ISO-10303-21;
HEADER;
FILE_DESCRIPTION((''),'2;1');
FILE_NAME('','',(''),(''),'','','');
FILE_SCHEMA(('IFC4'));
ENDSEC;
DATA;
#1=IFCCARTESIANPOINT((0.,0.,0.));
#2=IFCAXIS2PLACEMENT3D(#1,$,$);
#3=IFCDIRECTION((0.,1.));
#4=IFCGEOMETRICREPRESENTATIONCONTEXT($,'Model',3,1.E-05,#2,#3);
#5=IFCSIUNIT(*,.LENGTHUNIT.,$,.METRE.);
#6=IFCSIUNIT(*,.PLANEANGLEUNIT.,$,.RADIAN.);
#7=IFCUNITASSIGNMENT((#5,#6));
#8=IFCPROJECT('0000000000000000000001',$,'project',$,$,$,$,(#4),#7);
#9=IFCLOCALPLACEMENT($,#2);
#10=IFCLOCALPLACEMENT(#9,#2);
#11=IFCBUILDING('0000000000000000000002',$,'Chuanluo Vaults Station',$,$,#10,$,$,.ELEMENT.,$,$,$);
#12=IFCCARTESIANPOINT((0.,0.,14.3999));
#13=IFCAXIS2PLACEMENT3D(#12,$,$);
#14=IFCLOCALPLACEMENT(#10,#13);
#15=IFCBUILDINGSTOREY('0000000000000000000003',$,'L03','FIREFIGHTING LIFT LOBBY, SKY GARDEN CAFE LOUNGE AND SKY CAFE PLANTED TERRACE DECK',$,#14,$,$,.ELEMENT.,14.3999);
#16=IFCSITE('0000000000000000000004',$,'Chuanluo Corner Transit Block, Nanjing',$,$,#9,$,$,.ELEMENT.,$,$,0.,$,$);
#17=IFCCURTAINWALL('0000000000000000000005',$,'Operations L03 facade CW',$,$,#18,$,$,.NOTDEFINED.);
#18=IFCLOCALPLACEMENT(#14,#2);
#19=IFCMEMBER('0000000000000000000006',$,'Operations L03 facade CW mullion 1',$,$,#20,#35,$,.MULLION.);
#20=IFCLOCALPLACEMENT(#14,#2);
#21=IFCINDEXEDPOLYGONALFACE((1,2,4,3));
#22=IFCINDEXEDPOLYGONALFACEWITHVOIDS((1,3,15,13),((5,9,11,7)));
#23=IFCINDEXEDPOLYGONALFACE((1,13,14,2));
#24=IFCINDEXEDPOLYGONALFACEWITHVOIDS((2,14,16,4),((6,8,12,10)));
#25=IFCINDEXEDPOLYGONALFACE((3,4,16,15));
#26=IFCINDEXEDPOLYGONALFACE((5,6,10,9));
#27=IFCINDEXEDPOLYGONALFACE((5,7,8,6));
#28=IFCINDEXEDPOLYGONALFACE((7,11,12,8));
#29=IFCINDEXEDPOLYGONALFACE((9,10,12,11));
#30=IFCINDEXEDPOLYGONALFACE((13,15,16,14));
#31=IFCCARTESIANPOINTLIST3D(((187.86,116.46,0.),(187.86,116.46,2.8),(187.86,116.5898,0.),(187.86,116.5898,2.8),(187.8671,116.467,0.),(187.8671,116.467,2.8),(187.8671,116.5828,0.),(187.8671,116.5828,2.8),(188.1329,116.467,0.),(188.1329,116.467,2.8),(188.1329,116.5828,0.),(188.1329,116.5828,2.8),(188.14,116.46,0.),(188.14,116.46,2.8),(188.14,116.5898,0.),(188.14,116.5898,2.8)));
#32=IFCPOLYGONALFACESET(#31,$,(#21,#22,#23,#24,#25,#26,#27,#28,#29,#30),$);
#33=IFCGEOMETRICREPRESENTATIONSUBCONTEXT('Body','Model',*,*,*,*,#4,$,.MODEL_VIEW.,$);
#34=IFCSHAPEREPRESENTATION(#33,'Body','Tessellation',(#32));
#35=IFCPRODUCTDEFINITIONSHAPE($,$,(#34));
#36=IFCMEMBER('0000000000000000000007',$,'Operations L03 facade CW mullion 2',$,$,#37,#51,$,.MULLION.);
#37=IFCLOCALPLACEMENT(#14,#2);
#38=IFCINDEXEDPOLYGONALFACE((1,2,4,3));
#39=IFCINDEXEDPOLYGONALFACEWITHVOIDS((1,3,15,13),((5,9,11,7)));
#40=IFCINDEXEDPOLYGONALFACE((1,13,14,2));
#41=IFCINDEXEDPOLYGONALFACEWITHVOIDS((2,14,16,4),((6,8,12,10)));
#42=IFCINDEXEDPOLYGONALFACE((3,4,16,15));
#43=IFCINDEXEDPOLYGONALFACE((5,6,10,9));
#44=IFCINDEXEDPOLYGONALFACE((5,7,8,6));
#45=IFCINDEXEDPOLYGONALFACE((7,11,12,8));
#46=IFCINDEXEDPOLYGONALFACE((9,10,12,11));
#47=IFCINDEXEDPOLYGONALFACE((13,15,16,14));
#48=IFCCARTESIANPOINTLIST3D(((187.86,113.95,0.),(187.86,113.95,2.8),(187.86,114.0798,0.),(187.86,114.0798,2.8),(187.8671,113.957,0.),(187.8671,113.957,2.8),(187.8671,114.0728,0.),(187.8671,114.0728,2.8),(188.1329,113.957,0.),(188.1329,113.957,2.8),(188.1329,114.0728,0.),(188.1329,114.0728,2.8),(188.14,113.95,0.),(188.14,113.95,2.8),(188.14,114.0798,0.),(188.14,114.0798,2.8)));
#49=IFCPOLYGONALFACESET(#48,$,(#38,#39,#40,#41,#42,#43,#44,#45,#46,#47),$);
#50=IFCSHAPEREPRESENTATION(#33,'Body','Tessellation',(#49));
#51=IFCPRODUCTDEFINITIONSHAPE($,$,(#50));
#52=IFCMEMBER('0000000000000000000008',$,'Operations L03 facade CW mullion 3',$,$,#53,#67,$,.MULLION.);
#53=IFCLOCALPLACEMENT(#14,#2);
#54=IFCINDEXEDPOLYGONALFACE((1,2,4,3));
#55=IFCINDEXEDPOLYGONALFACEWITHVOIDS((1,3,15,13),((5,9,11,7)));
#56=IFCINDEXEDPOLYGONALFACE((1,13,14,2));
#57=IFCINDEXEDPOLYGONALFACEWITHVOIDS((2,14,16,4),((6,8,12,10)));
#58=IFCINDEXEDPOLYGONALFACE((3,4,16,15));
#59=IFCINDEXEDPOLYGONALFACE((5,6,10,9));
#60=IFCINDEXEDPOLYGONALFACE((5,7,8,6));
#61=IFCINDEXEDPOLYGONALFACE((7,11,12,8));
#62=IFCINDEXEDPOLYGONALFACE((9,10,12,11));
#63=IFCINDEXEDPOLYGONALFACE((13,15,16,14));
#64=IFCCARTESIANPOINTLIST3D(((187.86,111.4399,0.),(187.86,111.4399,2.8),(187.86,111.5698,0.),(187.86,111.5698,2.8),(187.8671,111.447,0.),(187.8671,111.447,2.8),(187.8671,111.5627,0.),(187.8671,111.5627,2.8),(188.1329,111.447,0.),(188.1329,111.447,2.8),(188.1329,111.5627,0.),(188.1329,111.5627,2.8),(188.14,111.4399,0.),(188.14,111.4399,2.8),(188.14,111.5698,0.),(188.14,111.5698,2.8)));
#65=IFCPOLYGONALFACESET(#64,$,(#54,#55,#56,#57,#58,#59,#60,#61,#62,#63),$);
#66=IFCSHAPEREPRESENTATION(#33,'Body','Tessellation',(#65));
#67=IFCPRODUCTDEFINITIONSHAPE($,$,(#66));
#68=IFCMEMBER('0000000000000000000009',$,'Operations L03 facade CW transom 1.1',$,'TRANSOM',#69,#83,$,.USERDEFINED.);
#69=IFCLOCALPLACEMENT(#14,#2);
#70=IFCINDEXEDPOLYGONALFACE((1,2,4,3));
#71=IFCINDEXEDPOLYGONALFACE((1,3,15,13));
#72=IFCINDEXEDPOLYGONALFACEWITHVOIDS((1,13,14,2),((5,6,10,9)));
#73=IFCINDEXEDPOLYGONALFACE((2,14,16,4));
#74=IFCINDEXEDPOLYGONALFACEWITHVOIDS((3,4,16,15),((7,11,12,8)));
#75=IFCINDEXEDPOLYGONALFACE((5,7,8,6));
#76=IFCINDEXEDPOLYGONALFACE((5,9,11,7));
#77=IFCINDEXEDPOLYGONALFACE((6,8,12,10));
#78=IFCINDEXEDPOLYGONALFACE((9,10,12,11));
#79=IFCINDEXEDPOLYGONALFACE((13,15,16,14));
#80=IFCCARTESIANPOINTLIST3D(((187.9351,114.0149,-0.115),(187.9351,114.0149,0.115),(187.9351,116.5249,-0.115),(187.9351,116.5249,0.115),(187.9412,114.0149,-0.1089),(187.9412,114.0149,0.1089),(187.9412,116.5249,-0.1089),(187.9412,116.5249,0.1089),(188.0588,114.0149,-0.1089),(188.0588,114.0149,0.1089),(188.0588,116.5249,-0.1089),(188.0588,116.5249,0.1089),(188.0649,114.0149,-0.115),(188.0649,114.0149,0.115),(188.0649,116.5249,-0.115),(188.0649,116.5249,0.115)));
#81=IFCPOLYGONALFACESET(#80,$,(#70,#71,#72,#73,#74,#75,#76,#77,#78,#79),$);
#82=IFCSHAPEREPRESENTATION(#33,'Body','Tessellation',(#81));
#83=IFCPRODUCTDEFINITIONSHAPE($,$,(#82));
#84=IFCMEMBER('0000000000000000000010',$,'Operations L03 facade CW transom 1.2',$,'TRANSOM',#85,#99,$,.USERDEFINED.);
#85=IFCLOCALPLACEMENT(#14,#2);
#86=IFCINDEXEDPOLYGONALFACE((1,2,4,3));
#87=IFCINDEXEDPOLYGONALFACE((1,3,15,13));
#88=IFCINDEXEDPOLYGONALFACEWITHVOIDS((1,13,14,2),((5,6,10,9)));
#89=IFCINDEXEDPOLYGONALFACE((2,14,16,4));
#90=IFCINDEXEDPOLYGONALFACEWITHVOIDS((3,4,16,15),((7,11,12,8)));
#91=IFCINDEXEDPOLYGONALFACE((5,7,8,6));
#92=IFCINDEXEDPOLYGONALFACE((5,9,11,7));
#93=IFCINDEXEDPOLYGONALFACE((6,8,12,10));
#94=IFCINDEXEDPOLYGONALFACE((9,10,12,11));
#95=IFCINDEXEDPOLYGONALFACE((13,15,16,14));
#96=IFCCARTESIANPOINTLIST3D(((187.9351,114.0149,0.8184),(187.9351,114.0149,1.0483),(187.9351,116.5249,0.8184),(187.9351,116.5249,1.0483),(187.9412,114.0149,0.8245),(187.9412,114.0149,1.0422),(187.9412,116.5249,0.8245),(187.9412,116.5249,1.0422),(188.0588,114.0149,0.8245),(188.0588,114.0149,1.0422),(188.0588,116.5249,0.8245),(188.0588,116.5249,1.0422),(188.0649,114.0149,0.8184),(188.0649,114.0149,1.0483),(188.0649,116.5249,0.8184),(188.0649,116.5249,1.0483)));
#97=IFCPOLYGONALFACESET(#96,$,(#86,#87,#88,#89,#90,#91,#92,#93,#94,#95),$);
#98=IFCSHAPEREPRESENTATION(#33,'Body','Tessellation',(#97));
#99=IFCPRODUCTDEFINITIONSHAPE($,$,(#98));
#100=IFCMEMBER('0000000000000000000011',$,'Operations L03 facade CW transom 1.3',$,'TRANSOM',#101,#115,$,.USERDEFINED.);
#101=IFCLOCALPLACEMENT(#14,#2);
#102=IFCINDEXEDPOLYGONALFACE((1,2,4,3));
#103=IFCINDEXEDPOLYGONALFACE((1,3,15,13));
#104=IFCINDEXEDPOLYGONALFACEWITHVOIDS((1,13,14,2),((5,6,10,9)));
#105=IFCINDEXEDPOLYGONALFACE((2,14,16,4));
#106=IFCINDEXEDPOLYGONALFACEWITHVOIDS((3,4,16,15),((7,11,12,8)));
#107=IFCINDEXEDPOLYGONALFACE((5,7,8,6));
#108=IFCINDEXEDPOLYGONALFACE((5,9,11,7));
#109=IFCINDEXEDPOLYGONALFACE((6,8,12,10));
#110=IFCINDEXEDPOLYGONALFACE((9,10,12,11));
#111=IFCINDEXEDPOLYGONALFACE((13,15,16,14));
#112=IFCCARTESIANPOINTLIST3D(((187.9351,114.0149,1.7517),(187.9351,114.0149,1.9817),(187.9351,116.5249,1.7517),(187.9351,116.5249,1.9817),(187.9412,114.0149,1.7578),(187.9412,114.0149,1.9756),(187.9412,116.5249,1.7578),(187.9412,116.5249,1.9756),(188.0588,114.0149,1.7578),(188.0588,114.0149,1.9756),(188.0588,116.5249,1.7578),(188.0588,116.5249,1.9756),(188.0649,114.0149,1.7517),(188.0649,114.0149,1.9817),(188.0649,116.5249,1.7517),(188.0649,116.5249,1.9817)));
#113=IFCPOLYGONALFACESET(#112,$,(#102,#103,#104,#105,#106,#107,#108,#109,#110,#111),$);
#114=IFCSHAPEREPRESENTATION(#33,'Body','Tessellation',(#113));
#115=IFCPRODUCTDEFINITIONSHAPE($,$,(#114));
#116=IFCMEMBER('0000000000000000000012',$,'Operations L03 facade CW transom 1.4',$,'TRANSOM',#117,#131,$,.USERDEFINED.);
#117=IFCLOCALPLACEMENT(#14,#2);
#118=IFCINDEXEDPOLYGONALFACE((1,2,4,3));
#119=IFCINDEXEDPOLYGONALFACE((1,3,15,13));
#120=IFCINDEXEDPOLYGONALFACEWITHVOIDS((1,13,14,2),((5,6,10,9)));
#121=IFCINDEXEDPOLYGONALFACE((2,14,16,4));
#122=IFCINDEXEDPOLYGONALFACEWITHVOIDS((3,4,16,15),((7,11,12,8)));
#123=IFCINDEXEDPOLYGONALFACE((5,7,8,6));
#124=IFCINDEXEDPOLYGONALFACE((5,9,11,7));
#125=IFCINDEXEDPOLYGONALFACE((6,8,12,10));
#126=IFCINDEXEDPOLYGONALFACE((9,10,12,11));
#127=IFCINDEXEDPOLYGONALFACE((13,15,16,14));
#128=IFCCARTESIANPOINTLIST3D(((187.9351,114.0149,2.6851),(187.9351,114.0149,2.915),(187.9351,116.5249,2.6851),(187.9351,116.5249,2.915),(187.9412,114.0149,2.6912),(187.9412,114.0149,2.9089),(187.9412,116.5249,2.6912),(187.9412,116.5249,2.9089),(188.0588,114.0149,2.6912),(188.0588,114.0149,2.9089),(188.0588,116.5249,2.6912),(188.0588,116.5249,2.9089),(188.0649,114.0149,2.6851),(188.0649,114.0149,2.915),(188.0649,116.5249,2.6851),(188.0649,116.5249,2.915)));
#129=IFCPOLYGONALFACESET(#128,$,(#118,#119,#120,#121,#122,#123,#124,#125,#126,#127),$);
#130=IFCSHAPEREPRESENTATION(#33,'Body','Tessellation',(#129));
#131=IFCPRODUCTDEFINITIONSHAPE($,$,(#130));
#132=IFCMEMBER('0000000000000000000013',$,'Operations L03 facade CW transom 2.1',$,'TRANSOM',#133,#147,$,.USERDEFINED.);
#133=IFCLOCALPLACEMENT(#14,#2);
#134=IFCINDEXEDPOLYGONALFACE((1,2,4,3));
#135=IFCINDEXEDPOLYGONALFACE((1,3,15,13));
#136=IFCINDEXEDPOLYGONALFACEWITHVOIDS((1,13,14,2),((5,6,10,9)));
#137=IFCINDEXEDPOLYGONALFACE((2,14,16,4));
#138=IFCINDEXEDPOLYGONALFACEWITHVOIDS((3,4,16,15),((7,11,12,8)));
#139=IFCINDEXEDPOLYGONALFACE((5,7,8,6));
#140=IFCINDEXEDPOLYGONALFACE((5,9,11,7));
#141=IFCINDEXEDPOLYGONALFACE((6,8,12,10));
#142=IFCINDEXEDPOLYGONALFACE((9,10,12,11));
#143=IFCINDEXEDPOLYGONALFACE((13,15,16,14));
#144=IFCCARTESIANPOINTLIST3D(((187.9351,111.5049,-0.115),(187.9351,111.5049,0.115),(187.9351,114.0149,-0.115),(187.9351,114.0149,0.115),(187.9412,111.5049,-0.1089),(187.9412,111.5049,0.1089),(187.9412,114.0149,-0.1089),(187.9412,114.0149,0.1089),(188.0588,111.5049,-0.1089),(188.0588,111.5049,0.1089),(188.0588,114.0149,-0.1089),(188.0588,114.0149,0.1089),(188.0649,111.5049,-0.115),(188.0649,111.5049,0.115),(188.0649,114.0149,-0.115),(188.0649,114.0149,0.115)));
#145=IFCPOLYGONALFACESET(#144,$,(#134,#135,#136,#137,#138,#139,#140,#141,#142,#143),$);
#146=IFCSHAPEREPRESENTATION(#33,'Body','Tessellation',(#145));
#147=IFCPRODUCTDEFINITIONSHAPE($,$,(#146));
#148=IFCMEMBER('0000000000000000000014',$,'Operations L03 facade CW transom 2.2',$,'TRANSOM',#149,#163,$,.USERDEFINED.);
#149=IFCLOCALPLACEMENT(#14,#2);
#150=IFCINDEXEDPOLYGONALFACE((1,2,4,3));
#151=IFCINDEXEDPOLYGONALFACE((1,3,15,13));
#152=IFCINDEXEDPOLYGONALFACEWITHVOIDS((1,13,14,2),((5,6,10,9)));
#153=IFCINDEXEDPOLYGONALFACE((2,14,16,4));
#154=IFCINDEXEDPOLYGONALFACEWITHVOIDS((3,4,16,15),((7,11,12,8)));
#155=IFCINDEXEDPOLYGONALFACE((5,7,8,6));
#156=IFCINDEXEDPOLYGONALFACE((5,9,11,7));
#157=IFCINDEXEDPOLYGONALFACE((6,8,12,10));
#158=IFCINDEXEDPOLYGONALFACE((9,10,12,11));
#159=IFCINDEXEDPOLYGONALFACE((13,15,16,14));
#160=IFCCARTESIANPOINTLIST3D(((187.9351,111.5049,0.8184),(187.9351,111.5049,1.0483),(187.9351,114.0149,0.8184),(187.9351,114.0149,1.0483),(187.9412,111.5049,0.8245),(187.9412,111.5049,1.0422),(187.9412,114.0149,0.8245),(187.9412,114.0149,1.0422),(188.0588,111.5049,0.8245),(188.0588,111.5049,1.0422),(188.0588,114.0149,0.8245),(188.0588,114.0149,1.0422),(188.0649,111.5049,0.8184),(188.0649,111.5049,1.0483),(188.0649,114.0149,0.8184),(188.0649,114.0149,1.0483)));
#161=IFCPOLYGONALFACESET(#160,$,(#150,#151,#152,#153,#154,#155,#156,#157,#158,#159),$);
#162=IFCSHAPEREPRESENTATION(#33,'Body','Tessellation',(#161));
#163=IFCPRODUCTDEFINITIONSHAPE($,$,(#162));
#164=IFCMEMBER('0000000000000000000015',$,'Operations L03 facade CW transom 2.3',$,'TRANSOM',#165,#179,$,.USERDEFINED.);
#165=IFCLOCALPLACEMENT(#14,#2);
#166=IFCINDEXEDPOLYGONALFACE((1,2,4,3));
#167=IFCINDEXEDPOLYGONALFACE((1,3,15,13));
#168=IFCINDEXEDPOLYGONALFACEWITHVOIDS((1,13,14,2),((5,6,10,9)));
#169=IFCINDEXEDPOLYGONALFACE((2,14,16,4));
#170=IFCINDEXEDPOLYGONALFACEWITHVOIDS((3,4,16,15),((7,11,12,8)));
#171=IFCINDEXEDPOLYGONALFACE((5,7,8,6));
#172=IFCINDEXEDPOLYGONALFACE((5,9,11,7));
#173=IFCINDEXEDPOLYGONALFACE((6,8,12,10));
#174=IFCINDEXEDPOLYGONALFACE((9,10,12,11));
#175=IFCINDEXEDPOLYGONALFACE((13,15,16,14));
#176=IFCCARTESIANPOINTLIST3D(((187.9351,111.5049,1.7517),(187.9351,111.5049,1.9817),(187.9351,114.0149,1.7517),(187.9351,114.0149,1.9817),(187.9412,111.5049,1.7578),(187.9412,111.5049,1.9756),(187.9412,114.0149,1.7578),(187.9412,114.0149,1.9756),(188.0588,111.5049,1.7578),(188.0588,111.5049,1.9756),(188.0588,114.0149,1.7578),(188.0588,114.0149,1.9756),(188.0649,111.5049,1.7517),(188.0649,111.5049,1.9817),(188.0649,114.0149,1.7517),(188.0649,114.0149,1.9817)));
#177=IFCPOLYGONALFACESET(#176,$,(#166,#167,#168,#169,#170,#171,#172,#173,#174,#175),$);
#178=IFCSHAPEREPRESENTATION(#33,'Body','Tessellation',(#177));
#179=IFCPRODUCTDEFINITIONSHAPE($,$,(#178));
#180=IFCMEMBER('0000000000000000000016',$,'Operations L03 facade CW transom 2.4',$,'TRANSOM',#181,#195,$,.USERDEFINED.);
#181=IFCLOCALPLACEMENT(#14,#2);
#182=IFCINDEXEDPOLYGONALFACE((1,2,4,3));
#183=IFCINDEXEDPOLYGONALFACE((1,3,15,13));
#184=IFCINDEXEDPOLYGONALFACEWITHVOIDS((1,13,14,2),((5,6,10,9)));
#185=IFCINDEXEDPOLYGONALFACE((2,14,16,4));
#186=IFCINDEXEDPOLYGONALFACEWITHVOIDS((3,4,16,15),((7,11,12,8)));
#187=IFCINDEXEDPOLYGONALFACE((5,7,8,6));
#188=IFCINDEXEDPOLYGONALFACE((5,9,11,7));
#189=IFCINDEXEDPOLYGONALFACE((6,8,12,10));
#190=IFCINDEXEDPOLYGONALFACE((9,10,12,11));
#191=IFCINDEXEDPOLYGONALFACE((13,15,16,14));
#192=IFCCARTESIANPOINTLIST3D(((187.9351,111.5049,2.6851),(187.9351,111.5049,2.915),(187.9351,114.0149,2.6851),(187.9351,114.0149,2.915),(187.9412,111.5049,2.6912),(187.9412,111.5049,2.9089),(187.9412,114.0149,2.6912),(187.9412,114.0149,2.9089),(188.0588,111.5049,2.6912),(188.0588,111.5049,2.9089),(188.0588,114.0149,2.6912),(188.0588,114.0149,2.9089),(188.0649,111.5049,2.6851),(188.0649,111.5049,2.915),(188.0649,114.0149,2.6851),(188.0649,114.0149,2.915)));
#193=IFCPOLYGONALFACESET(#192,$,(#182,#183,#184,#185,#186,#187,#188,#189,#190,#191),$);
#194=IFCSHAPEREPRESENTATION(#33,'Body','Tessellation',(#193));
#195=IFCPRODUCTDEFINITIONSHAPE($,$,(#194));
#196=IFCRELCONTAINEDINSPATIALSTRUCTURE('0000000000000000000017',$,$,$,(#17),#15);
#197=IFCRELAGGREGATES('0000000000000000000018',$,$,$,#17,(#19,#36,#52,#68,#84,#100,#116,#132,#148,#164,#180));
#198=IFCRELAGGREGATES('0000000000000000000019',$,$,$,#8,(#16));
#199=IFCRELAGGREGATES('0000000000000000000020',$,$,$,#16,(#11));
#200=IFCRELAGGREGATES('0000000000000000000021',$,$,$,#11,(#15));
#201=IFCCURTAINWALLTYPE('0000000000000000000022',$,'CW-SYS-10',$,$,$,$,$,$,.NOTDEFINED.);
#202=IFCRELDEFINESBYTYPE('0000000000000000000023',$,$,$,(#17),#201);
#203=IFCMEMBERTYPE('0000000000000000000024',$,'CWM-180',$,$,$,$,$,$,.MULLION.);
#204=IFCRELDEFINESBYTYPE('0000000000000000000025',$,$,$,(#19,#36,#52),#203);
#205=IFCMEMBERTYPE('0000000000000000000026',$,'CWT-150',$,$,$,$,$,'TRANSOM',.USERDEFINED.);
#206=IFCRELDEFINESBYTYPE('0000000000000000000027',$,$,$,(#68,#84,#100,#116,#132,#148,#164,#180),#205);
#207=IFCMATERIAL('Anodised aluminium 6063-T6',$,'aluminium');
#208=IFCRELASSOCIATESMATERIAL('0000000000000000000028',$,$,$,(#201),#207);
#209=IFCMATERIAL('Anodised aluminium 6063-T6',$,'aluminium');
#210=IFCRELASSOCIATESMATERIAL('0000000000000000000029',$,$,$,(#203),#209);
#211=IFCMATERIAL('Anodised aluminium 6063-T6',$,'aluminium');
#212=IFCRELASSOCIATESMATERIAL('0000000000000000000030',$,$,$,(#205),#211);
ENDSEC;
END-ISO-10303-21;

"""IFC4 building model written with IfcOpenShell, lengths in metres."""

from ifc_helpers import new_model, si_unit, direction, frame, origin, origin_2d, place, context, subcontext, project, spatial, hollow_rectangle, extrude, material, material_profile, profile_set, type_object, element, aggregate, save


model = new_model("IFC4")

# Units and contexts
model_context = context("Model", 3, precision=1e-05, world=origin(), true_north=direction((0.0, 1.0)))
body_context = subcontext(model_context, "Body", "Model", "MODEL_VIEW")
ifc_project = project(units=[si_unit("LENGTHUNIT", "METRE"), si_unit("PLANEANGLEUNIT", "RADIAN")], contexts=[model_context])

# Site, building, storey
site_placement = place(None, origin())
site = spatial("IfcSite", under=ifc_project, at=site_placement, Name="Chuanluo Corner Transit Block, Nanjing", CompositionType="ELEMENT", RefElevation=0.0)
building_placement = place(site_placement, origin())
building = spatial("IfcBuilding", under=site, at=building_placement, Name="Chuanluo Vaults Station", CompositionType="ELEMENT")
storey_placement = place(building_placement, frame((0.0, 0.0, 14.3999)))
storey = spatial("IfcBuildingStorey", under=building, at=storey_placement, Name="L03", Description="FIREFIGHTING LIFT LOBBY, SKY GARDEN CAFE LOUNGE AND SKY CAFE PLANTED TERRACE DECK", CompositionType="ELEMENT", Elevation=14.3999)

# Curtain wall, members
ifc_material_1 = material(Name="Anodised aluminium 6063-T6", Category="aluminium")
curtain_wall_type = type_object("IfcCurtainWallType", Name="CW-SYS-10", PredefinedType="NOTDEFINED", material=ifc_material_1)
curtain_wall_placement = place(storey_placement, origin())
curtain_wall = element("IfcCurtainWall", 1, at=curtain_wall_placement, inside=storey, type_object=curtain_wall_type, Name="Operations L03 facade CW", PredefinedType="NOTDEFINED")
ifc_material_2 = material(Name="Anodised aluminium 6063-T6", Category="aluminium")
ifc_material_profile_1 = material_profile(ifc_material_2, hollow_rectangle(XDim=0.1299, YDim=0.28, WallThickness=0.0071, at=origin_2d()))
ifc_profile_set_1 = profile_set([ifc_material_profile_1], Name="Anodised aluminium 6063-T6")
member_type_1 = type_object("IfcMemberType", Name="CWM-180", PredefinedType="MULLION", material=ifc_profile_set_1)
member_1_placement = place(storey_placement, frame((188.0, 116.5249, 0.0), z_axis=(0.0, 0.0, 1.0), x_axis=(0.0, -1.0, 0.0)))
member_1 = element("IfcMember", 2, at=member_1_placement, type_object=member_type_1, Name="Operations L03 facade CW mullion 1", PredefinedType="MULLION", context=body_context, shape_type="SweptSolid", body=[
    extrude(hollow_rectangle(XDim=0.1299, YDim=0.28, WallThickness=0.0071, at=origin_2d()), origin(), (0.0, 0.0, 1.0), 2.8),
])
member_2_placement = place(storey_placement, frame((188.0, 114.0149, 0.0), z_axis=(0.0, 0.0, 1.0), x_axis=(0.0, -1.0, 0.0)))
member_2 = element("IfcMember", 3, at=member_2_placement, type_object=member_type_1, Name="Operations L03 facade CW mullion 2", PredefinedType="MULLION", context=body_context, shape_type="SweptSolid", body=[
    extrude(hollow_rectangle(XDim=0.1299, YDim=0.28, WallThickness=0.0071, at=origin_2d()), origin(), (0.0, 0.0, 1.0), 2.8),
])
member_3_placement = place(storey_placement, frame((188.0, 111.5049, 0.0), z_axis=(0.0, 0.0, 1.0), x_axis=(0.0, -1.0, 0.0)))
member_3 = element("IfcMember", 4, at=member_3_placement, type_object=member_type_1, Name="Operations L03 facade CW mullion 3", PredefinedType="MULLION", context=body_context, shape_type="SweptSolid", body=[
    extrude(hollow_rectangle(XDim=0.1299, YDim=0.28, WallThickness=0.0071, at=origin_2d()), origin(), (0.0, 0.0, 1.0), 2.8),
])
ifc_material_3 = material(Name="Anodised aluminium 6063-T6", Category="aluminium")
ifc_material_profile_2 = material_profile(ifc_material_3, hollow_rectangle(XDim=0.1299, YDim=0.23, WallThickness=0.0061, at=origin_2d()))
ifc_profile_set_2 = profile_set([ifc_material_profile_2], Name="Anodised aluminium 6063-T6")
member_type_2 = type_object("IfcMemberType", Name="CWT-150", ElementType="TRANSOM", PredefinedType="USERDEFINED", material=ifc_profile_set_2)
member_4_placement = place(storey_placement, frame((188.0, 116.5249, 0.0), z_axis=(0.0, -1.0, 0.0), x_axis=(1.0, 0.0, 0.0)))
member_4 = element("IfcMember", 5, at=member_4_placement, type_object=member_type_2, Name="Operations L03 facade CW transom 1.1", ObjectType="TRANSOM", PredefinedType="USERDEFINED", context=body_context, shape_type="SweptSolid", body=[
    extrude(hollow_rectangle(XDim=0.1299, YDim=0.23, WallThickness=0.0061, at=origin_2d()), origin(), (0.0, 0.0, 1.0), 2.51),
])
member_5_placement = place(storey_placement, frame((188.0, 116.5249, 0.9333), z_axis=(0.0, -1.0, 0.0), x_axis=(1.0, 0.0, 0.0)))
member_5 = element("IfcMember", 6, at=member_5_placement, type_object=member_type_2, Name="Operations L03 facade CW transom 1.2", ObjectType="TRANSOM", PredefinedType="USERDEFINED", context=body_context, shape_type="SweptSolid", body=[
    extrude(hollow_rectangle(XDim=0.1299, YDim=0.23, WallThickness=0.0061, at=origin_2d()), origin(), (0.0, 0.0, 1.0), 2.51),
])
member_6_placement = place(storey_placement, frame((188.0, 116.5249, 1.8667), z_axis=(0.0, -1.0, 0.0), x_axis=(1.0, 0.0, 0.0)))
member_6 = element("IfcMember", 7, at=member_6_placement, type_object=member_type_2, Name="Operations L03 facade CW transom 1.3", ObjectType="TRANSOM", PredefinedType="USERDEFINED", context=body_context, shape_type="SweptSolid", body=[
    extrude(hollow_rectangle(XDim=0.1299, YDim=0.23, WallThickness=0.0061, at=origin_2d()), origin(), (0.0, 0.0, 1.0), 2.51),
])
member_7_placement = place(storey_placement, frame((188.0, 116.5249, 2.8), z_axis=(0.0, -1.0, 0.0), x_axis=(1.0, 0.0, 0.0)))
member_7 = element("IfcMember", 8, at=member_7_placement, type_object=member_type_2, Name="Operations L03 facade CW transom 1.4", ObjectType="TRANSOM", PredefinedType="USERDEFINED", context=body_context, shape_type="SweptSolid", body=[
    extrude(hollow_rectangle(XDim=0.1299, YDim=0.23, WallThickness=0.0061, at=origin_2d()), origin(), (0.0, 0.0, 1.0), 2.51),
])
member_8_placement = place(storey_placement, frame((188.0, 114.0149, 0.0), z_axis=(0.0, -1.0, 0.0), x_axis=(1.0, 0.0, 0.0)))
member_8 = element("IfcMember", 9, at=member_8_placement, type_object=member_type_2, Name="Operations L03 facade CW transom 2.1", ObjectType="TRANSOM", PredefinedType="USERDEFINED", context=body_context, shape_type="SweptSolid", body=[
    extrude(hollow_rectangle(XDim=0.1299, YDim=0.23, WallThickness=0.0061, at=origin_2d()), origin(), (0.0, 0.0, 1.0), 2.51),
])
member_9_placement = place(storey_placement, frame((188.0, 114.0149, 0.9333), z_axis=(0.0, -1.0, 0.0), x_axis=(1.0, 0.0, 0.0)))
member_9 = element("IfcMember", 10, at=member_9_placement, type_object=member_type_2, Name="Operations L03 facade CW transom 2.2", ObjectType="TRANSOM", PredefinedType="USERDEFINED", context=body_context, shape_type="SweptSolid", body=[
    extrude(hollow_rectangle(XDim=0.1299, YDim=0.23, WallThickness=0.0061, at=origin_2d()), origin(), (0.0, 0.0, 1.0), 2.51),
])
member_10_placement = place(storey_placement, frame((188.0, 114.0149, 1.8667), z_axis=(0.0, -1.0, 0.0), x_axis=(1.0, 0.0, 0.0)))
member_10 = element("IfcMember", 11, at=member_10_placement, type_object=member_type_2, Name="Operations L03 facade CW transom 2.3", ObjectType="TRANSOM", PredefinedType="USERDEFINED", context=body_context, shape_type="SweptSolid", body=[
    extrude(hollow_rectangle(XDim=0.1299, YDim=0.23, WallThickness=0.0061, at=origin_2d()), origin(), (0.0, 0.0, 1.0), 2.51),
])
member_11_placement = place(storey_placement, frame((188.0, 114.0149, 2.8), z_axis=(0.0, -1.0, 0.0), x_axis=(1.0, 0.0, 0.0)))
member_11 = element("IfcMember", 12, at=member_11_placement, type_object=member_type_2, Name="Operations L03 facade CW transom 2.4", ObjectType="TRANSOM", PredefinedType="USERDEFINED", context=body_context, shape_type="SweptSolid", body=[
    extrude(hollow_rectangle(XDim=0.1299, YDim=0.23, WallThickness=0.0061, at=origin_2d()), origin(), (0.0, 0.0, 1.0), 2.51),
])
aggregate(curtain_wall, [member_1, member_2, member_3, member_4, member_5, member_6, member_7, member_8, member_9, member_10, member_11])

save(model, "model.ifc")
